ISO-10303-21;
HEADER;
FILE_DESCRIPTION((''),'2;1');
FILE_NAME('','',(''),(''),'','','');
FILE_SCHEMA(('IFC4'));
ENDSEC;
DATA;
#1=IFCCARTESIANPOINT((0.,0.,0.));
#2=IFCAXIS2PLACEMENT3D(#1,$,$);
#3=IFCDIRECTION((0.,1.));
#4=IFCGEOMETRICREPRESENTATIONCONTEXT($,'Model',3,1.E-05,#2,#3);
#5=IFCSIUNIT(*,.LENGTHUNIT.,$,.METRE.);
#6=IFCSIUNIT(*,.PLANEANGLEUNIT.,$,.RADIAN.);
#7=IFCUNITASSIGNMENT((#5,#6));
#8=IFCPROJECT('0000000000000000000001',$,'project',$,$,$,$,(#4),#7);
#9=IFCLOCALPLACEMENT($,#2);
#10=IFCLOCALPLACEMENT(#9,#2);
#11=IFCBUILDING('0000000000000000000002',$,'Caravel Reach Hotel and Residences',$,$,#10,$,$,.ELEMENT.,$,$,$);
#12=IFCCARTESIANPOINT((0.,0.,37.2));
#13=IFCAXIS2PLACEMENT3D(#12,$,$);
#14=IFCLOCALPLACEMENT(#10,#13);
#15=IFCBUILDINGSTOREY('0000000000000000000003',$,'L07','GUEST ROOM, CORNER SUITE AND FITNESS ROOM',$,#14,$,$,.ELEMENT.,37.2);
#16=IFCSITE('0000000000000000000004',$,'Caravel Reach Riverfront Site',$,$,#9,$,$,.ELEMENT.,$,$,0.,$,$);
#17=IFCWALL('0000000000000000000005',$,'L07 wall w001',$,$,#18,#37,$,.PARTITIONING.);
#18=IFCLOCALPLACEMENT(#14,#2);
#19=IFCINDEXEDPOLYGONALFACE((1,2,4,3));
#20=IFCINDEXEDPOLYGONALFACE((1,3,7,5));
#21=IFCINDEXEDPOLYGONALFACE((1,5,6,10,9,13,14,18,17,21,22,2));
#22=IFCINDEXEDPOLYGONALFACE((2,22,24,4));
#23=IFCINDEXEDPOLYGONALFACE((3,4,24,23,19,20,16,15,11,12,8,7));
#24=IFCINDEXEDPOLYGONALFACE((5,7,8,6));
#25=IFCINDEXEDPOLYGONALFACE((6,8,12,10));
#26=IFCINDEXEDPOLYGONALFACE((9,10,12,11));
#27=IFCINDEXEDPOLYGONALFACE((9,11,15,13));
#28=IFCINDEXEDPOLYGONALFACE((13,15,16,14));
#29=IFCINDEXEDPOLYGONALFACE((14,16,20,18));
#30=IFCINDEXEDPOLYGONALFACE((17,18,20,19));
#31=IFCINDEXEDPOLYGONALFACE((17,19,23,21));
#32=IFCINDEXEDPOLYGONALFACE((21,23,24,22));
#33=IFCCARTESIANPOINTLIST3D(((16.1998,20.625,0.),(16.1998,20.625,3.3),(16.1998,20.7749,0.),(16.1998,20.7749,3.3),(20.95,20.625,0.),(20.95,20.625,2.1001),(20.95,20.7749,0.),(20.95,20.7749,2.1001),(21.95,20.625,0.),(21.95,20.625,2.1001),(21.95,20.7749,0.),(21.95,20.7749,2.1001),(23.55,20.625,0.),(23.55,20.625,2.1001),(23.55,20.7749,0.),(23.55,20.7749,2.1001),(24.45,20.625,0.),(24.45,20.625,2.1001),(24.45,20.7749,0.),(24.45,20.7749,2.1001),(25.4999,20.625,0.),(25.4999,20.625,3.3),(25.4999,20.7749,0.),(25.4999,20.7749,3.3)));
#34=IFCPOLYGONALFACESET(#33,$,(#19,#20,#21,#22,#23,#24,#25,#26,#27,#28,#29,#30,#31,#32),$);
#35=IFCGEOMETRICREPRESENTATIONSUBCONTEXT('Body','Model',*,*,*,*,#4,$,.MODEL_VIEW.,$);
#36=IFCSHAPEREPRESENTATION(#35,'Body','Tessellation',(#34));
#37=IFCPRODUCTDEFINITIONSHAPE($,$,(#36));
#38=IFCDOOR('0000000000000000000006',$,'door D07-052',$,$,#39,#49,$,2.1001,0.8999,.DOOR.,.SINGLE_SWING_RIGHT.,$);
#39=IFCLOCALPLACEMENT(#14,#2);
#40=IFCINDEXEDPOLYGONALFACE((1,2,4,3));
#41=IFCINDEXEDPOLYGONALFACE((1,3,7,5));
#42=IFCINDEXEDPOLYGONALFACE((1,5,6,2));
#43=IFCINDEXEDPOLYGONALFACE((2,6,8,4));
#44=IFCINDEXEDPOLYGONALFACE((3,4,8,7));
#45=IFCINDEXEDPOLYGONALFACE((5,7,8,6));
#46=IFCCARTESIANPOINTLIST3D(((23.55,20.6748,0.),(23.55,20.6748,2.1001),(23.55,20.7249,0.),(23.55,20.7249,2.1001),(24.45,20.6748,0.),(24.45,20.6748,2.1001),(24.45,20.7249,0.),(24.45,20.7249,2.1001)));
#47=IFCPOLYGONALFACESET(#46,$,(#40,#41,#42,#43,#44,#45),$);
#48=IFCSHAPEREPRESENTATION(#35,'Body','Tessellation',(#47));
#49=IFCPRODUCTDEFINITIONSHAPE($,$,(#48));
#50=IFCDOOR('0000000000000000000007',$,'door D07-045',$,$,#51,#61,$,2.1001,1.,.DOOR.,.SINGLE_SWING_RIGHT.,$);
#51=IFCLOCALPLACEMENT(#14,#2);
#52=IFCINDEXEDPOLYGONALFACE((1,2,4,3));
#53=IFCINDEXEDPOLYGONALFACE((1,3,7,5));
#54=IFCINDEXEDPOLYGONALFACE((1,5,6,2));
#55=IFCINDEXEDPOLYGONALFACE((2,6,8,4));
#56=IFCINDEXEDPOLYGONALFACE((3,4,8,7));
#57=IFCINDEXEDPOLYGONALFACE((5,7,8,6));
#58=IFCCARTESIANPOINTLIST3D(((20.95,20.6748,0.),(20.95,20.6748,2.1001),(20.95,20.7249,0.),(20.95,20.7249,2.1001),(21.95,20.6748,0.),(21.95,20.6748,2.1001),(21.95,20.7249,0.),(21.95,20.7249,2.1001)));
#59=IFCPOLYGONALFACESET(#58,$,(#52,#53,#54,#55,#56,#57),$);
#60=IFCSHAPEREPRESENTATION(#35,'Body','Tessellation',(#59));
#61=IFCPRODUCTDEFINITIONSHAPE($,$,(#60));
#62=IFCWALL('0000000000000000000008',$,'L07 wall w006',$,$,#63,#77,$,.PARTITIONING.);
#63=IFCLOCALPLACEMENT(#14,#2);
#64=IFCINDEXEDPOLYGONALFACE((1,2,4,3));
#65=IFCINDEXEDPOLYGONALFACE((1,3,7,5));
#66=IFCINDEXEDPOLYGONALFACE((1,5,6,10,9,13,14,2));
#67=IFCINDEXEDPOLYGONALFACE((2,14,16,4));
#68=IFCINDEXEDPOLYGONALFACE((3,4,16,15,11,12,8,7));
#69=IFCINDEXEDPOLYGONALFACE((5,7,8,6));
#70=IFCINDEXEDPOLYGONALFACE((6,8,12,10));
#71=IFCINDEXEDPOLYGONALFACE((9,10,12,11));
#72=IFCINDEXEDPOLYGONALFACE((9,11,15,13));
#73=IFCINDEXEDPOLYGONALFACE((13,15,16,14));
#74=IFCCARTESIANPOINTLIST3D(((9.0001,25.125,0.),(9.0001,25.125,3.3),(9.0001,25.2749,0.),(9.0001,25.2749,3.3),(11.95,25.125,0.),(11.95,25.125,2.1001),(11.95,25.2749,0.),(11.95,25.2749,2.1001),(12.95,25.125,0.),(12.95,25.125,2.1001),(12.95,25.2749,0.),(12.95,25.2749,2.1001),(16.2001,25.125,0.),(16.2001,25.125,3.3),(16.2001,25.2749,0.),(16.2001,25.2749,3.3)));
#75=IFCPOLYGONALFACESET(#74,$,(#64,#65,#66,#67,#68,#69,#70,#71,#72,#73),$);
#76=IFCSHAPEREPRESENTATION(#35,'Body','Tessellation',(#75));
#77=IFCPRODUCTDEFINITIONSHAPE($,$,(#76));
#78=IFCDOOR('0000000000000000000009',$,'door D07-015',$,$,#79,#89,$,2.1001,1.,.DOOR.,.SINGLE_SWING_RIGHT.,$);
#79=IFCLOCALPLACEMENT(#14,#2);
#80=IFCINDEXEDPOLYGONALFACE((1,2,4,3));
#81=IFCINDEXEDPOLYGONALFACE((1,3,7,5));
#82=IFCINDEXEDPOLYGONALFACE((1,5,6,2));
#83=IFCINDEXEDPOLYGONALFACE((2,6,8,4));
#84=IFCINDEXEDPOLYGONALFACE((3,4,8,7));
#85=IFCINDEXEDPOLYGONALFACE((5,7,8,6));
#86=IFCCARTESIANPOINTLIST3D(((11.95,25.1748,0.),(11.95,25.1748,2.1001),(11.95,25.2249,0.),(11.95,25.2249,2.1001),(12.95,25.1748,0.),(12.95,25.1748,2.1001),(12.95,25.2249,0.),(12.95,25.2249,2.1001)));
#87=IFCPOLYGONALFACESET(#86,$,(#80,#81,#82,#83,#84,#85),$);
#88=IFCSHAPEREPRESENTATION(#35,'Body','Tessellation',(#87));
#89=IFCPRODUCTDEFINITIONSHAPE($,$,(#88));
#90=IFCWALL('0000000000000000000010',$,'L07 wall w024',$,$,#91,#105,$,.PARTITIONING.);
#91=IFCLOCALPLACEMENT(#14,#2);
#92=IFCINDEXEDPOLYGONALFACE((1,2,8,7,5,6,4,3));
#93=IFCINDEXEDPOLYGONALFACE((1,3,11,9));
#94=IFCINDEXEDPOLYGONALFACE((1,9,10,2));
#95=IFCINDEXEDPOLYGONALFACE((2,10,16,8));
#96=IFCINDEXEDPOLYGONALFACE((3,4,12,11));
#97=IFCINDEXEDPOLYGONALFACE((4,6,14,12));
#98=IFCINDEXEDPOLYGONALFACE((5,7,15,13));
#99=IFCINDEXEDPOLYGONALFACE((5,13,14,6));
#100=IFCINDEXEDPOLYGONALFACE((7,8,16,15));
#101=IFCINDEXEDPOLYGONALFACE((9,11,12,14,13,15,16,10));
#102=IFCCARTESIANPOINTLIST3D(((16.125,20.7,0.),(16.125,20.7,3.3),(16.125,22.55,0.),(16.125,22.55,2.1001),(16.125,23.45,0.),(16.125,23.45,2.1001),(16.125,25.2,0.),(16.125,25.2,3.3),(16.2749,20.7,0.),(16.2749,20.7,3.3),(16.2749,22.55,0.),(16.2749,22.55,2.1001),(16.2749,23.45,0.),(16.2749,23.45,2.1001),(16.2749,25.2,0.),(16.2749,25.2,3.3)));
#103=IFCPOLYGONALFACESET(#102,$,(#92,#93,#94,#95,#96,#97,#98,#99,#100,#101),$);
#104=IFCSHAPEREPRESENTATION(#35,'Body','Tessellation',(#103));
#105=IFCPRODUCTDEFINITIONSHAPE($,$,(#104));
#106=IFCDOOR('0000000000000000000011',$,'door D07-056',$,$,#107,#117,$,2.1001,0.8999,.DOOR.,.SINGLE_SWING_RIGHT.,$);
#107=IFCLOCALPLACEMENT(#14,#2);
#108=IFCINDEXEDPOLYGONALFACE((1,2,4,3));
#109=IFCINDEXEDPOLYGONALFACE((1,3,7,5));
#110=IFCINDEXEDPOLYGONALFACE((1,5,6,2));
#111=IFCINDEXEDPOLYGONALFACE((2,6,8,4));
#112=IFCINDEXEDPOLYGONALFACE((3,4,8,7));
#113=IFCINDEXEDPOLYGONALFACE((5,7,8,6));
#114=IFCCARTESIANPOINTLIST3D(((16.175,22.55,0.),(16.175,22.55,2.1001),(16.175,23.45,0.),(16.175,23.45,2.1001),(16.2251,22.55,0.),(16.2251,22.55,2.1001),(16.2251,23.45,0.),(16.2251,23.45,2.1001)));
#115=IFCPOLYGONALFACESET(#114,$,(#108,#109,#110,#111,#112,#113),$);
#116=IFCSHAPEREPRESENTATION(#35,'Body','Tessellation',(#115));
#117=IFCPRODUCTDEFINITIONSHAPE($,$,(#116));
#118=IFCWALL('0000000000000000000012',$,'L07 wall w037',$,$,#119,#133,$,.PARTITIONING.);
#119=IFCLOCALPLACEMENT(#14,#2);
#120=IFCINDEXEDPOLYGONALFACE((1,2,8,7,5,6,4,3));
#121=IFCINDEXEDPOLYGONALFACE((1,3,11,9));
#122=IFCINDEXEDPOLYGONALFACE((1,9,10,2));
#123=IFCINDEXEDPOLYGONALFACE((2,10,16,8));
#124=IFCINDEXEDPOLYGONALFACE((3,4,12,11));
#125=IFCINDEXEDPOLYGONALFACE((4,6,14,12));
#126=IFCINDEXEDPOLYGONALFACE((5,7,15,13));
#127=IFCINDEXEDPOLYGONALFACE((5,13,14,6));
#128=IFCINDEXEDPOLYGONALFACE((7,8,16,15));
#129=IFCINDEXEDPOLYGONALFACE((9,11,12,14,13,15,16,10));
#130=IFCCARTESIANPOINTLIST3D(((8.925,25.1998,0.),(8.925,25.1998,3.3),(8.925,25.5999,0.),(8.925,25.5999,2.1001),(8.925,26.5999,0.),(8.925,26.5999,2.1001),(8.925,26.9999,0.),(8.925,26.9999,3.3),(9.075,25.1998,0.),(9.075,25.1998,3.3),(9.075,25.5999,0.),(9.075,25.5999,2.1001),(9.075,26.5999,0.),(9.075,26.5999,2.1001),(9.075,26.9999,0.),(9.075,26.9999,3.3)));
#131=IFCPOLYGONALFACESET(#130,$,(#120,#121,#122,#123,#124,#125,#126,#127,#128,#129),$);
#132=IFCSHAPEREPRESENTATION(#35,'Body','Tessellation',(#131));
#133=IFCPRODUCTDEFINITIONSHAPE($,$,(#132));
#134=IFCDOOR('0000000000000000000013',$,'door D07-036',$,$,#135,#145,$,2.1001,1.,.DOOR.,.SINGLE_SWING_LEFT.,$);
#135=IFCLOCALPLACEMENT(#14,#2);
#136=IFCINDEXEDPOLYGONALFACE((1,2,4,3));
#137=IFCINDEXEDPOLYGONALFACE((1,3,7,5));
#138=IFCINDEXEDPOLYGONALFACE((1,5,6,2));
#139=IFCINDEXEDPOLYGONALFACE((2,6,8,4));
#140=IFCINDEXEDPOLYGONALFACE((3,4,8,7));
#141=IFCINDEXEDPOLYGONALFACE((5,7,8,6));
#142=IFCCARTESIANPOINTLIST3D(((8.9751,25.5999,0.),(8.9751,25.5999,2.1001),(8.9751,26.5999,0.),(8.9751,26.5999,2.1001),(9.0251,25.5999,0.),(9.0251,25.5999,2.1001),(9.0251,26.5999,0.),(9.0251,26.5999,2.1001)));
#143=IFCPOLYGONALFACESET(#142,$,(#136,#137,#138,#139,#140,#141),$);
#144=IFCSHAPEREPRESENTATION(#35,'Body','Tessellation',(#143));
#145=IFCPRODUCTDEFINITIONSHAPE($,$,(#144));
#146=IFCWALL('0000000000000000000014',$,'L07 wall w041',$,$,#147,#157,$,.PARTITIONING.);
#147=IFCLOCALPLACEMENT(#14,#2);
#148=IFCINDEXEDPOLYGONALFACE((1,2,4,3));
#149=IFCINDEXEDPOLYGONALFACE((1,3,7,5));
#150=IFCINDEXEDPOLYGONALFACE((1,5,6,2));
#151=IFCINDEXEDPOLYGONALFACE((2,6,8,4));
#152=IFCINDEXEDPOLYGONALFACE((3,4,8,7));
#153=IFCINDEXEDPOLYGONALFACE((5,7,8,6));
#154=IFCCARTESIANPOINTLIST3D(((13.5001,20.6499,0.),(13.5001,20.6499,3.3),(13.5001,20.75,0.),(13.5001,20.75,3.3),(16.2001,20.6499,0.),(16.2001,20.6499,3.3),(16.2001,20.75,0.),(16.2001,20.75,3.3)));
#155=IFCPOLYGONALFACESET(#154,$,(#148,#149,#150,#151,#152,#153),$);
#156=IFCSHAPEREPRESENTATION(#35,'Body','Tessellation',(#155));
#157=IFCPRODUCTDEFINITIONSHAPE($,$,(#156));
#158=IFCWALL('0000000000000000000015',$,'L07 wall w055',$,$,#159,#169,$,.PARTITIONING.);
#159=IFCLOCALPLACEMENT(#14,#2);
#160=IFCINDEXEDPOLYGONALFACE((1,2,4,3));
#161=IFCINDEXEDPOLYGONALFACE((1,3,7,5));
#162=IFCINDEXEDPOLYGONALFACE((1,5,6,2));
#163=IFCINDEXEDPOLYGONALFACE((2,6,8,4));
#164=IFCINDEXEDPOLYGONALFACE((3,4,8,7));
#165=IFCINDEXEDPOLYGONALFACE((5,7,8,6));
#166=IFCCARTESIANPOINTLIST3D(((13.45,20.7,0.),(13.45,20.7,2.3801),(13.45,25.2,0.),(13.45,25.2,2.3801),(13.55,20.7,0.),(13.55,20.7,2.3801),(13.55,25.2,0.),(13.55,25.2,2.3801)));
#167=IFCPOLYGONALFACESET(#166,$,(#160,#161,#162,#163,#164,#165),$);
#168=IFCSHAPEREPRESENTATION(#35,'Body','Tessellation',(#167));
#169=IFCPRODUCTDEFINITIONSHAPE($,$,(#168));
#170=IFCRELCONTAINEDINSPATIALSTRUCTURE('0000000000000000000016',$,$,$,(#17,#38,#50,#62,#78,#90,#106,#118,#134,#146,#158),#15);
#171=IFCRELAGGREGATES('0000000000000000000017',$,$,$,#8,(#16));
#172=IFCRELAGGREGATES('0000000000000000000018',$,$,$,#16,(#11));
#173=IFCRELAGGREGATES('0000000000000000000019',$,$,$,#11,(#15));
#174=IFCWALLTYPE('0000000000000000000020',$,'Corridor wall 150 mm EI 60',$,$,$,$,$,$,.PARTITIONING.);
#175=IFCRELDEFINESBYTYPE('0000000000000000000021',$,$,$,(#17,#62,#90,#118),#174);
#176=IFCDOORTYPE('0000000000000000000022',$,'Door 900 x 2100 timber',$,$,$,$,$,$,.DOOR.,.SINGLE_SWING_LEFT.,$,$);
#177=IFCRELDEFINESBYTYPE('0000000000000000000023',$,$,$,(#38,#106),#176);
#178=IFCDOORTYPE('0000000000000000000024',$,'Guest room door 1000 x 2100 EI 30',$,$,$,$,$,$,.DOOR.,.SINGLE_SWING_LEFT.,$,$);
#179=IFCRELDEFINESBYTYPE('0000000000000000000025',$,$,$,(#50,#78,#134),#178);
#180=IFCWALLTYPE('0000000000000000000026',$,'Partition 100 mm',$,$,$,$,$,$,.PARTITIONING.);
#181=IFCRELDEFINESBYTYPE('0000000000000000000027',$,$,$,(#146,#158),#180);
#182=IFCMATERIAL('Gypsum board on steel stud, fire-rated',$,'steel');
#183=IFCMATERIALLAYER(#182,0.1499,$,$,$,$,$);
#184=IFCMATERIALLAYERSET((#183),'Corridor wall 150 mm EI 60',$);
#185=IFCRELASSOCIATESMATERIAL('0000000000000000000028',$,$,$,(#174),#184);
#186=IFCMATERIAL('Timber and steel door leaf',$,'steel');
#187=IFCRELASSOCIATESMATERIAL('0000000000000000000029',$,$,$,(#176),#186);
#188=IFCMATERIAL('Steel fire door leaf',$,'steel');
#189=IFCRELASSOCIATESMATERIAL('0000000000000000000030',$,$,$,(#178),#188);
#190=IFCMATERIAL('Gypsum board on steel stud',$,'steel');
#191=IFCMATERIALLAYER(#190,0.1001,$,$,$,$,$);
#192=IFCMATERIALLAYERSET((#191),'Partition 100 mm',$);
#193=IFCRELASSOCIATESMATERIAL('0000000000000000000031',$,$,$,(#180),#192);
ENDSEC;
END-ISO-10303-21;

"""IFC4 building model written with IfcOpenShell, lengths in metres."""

from ifc_helpers import new_model, si_unit, direction, frame, frame_2d, origin, place, context, subcontext, project, spatial, rectangle, extrude, material, layer, layer_set, type_object, element, fill, save


model = new_model("IFC4")

# Units and contexts
model_context = context("Model", 3, precision=1e-05, world=origin(), true_north=direction((0.0, 1.0)))
body_context = subcontext(model_context, "Body", "Model", "MODEL_VIEW")
ifc_project = project(units=[si_unit("LENGTHUNIT", "METRE"), si_unit("PLANEANGLEUNIT", "RADIAN")], contexts=[model_context])

# Site, building, storey
site_placement = place(None, origin())
site = spatial("IfcSite", under=ifc_project, at=site_placement, Name="Caravel Reach Riverfront Site", CompositionType="ELEMENT", RefElevation=0.0)
building_placement = place(site_placement, origin())
building = spatial("IfcBuilding", under=site, at=building_placement, Name="Caravel Reach Hotel and Residences", CompositionType="ELEMENT")
storey_placement = place(building_placement, frame((0.0, 0.0, 37.2)))
storey = spatial("IfcBuildingStorey", under=building, at=storey_placement, Name="L07", Description="GUEST ROOM, CORNER SUITE AND FITNESS ROOM", CompositionType="ELEMENT", Elevation=37.2)

# Wall, openings, doors
ifc_material_1 = material(Name="Gypsum board on steel stud, fire-rated", Category="steel")
ifc_layer_1 = layer(ifc_material_1, 0.1499)
ifc_layer_set_1 = layer_set([ifc_layer_1], Name="Corridor wall 150 mm EI 60")
wall_type_1 = type_object("IfcWallType", Name="Corridor wall 150 mm EI 60", PredefinedType="PARTITIONING", material=ifc_layer_set_1)
wall_1_placement = place(storey_placement, frame((16.2, 20.7, 0.0), z_axis=(0.0, 0.0, 1.0), x_axis=(1.0, 0.0, 0.0)))
wall_1 = element("IfcWall", 1, at=wall_1_placement, inside=storey, type_object=wall_type_1, Name="L07 wall w001", PredefinedType="PARTITIONING", context=body_context, shape_type="SweptSolid", body=[
    extrude(rectangle(XDim=9.3, YDim=0.1499, at=frame_2d((4.6499, 0.0))), origin(), (0.0, 0.0, 1.0), 3.3),
])
opening_1_placement = place(wall_1_placement, frame((4.75, 0.0, 0.0)))
opening_1 = element("IfcOpeningElement", 2, at=opening_1_placement, cuts=wall_1, PredefinedType="OPENING", context=body_context, shape_type="SweptSolid", body=[
    extrude(rectangle(XDim=1.0, YDim=2.1001, at=frame_2d((0.5, 1.05))), frame((0.0, 0.085, 0.0), z_axis=(0.0, -1.0, 0.0), x_axis=(1.0, 0.0, 0.0)), (0.0, 0.0, 1.0), 0.1699),
])
opening_2_placement = place(wall_1_placement, frame((7.3501, 0.0, 0.0)))
opening_2 = element("IfcOpeningElement", 3, at=opening_2_placement, cuts=wall_1, PredefinedType="OPENING", context=body_context, shape_type="SweptSolid", body=[
    extrude(rectangle(XDim=0.8999, YDim=2.1001, at=frame_2d((0.45, 1.05))), frame((0.0, 0.085, 0.0), z_axis=(0.0, -1.0, 0.0), x_axis=(1.0, 0.0, 0.0)), (0.0, 0.0, 1.0), 0.1699),
])
ifc_material_2 = material(Name="Timber and steel door leaf", Category="steel")
door_type_1 = type_object("IfcDoorType", Name="Door 900 x 2100 timber", OperationType="SINGLE_SWING_LEFT", PredefinedType="DOOR", material=ifc_material_2)
door_1_placement = place(opening_2_placement, origin())
door_1 = element("IfcDoor", 4, at=door_1_placement, inside=storey, type_object=door_type_1, Name="door D07-052", OperationType="SINGLE_SWING_RIGHT", OverallHeight=2.1001, OverallWidth=0.8999, PredefinedType="DOOR", context=body_context, shape_type="SweptSolid", body=[
    extrude(rectangle(XDim=0.8999, YDim=2.1001, at=frame_2d((0.45, 1.05))), frame((0.0, 0.0249, 0.0), z_axis=(0.0, -1.0, 0.0), x_axis=(1.0, 0.0, 0.0)), (0.0, 0.0, 1.0), 0.05),
])
fill(opening_2, door_1)
ifc_material_3 = material(Name="Steel fire door leaf", Category="steel")
door_type_2 = type_object("IfcDoorType", Name="Guest room door 1000 x 2100 EI 30", OperationType="SINGLE_SWING_LEFT", PredefinedType="DOOR", material=ifc_material_3)
door_2_placement = place(opening_1_placement, origin())
door_2 = element("IfcDoor", 5, at=door_2_placement, inside=storey, type_object=door_type_2, Name="door D07-045", OperationType="SINGLE_SWING_RIGHT", OverallHeight=2.1001, OverallWidth=1.0, PredefinedType="DOOR", context=body_context, shape_type="SweptSolid", body=[
    extrude(rectangle(XDim=1.0, YDim=2.1001, at=frame_2d((0.5, 1.05))), frame((0.0, 0.0249, 0.0), z_axis=(0.0, -1.0, 0.0), x_axis=(1.0, 0.0, 0.0)), (0.0, 0.0, 1.0), 0.05),
])
fill(opening_1, door_2)

# Walls, openings, doors
wall_2_placement = place(storey_placement, frame((9.0, 25.2, 0.0), z_axis=(0.0, 0.0, 1.0), x_axis=(1.0, 0.0, 0.0)))
wall_2 = element("IfcWall", 6, at=wall_2_placement, inside=storey, type_object=wall_type_1, Name="L07 wall w006", PredefinedType="PARTITIONING", context=body_context, shape_type="SweptSolid", body=[
    extrude(rectangle(XDim=7.2, YDim=0.1499, at=frame_2d((3.6001, 0.0))), origin(), (0.0, 0.0, 1.0), 3.3),
])
opening_3_placement = place(wall_2_placement, frame((2.95, 0.0, 0.0)))
opening_3 = element("IfcOpeningElement", 7, at=opening_3_placement, cuts=wall_2, PredefinedType="OPENING", context=body_context, shape_type="SweptSolid", body=[
    extrude(rectangle(XDim=1.0, YDim=2.1001, at=frame_2d((0.5, 1.05))), frame((0.0, 0.085, 0.0), z_axis=(0.0, -1.0, 0.0), x_axis=(1.0, 0.0, 0.0)), (0.0, 0.0, 1.0), 0.1699),
])
door_3_placement = place(opening_3_placement, origin())
door_3 = element("IfcDoor", 8, at=door_3_placement, inside=storey, type_object=door_type_2, Name="door D07-015", OperationType="SINGLE_SWING_RIGHT", OverallHeight=2.1001, OverallWidth=1.0, PredefinedType="DOOR", context=body_context, shape_type="SweptSolid", body=[
    extrude(rectangle(XDim=1.0, YDim=2.1001, at=frame_2d((0.5, 1.05))), frame((0.0, 0.0249, 0.0), z_axis=(0.0, -1.0, 0.0), x_axis=(1.0, 0.0, 0.0)), (0.0, 0.0, 1.0), 0.05),
])
fill(opening_3, door_3)
wall_3_placement = place(storey_placement, frame((16.2, 20.7, 0.0), z_axis=(0.0, 0.0, 1.0), x_axis=(0.0, 1.0, 0.0)))
wall_3 = element("IfcWall", 9, at=wall_3_placement, inside=storey, type_object=wall_type_1, Name="L07 wall w024", PredefinedType="PARTITIONING", context=body_context, shape_type="SweptSolid", body=[
    extrude(rectangle(XDim=4.5, YDim=0.1499, at=frame_2d((2.25, 0.0))), origin(), (0.0, 0.0, 1.0), 3.3),
])
opening_4_placement = place(wall_3_placement, frame((1.8501, 0.0, 0.0)))
opening_4 = element("IfcOpeningElement", 10, at=opening_4_placement, cuts=wall_3, PredefinedType="OPENING", context=body_context, shape_type="SweptSolid", body=[
    extrude(rectangle(XDim=0.8999, YDim=2.1001, at=frame_2d((0.45, 1.05))), frame((0.0, 0.085, 0.0), z_axis=(0.0, -1.0, 0.0), x_axis=(1.0, 0.0, 0.0)), (0.0, 0.0, 1.0), 0.1699),
])
door_4_placement = place(opening_4_placement, origin())
door_4 = element("IfcDoor", 11, at=door_4_placement, inside=storey, type_object=door_type_1, Name="door D07-056", OperationType="SINGLE_SWING_RIGHT", OverallHeight=2.1001, OverallWidth=0.8999, PredefinedType="DOOR", context=body_context, shape_type="SweptSolid", body=[
    extrude(rectangle(XDim=0.8999, YDim=2.1001, at=frame_2d((0.45, 1.05))), frame((0.0, 0.0249, 0.0), z_axis=(0.0, -1.0, 0.0), x_axis=(1.0, 0.0, 0.0)), (0.0, 0.0, 1.0), 0.05),
])
fill(opening_4, door_4)
wall_4_placement = place(storey_placement, frame((9.0, 25.2, 0.0), z_axis=(0.0, 0.0, 1.0), x_axis=(0.0, 1.0, 0.0)))
wall_4 = element("IfcWall", 12, at=wall_4_placement, inside=storey, type_object=wall_type_1, Name="L07 wall w037", PredefinedType="PARTITIONING", context=body_context, shape_type="SweptSolid", body=[
    extrude(rectangle(XDim=1.8, YDim=0.1499, at=frame_2d((0.8999, 0.0))), origin(), (0.0, 0.0, 1.0), 3.3),
])
opening_5_placement = place(wall_4_placement, frame((0.3999, 0.0, 0.0)))
opening_5 = element("IfcOpeningElement", 13, at=opening_5_placement, cuts=wall_4, PredefinedType="OPENING", context=body_context, shape_type="SweptSolid", body=[
    extrude(rectangle(XDim=1.0, YDim=2.1001, at=frame_2d((0.5, 1.05))), frame((0.0, 0.085, 0.0), z_axis=(0.0, -1.0, 0.0), x_axis=(1.0, 0.0, 0.0)), (0.0, 0.0, 1.0), 0.1699),
])
door_5_placement = place(opening_5_placement, origin())
door_5 = element("IfcDoor", 14, at=door_5_placement, inside=storey, type_object=door_type_2, Name="door D07-036", OperationType="SINGLE_SWING_LEFT", OverallHeight=2.1001, OverallWidth=1.0, PredefinedType="DOOR", context=body_context, shape_type="SweptSolid", body=[
    extrude(rectangle(XDim=1.0, YDim=2.1001, at=frame_2d((0.5, 1.05))), frame((0.0, 0.0249, 0.0), z_axis=(0.0, -1.0, 0.0), x_axis=(1.0, 0.0, 0.0)), (0.0, 0.0, 1.0), 0.05),
])
fill(opening_5, door_5)

# Walls
ifc_material_4 = material(Name="Gypsum board on steel stud", Category="steel")
ifc_layer_2 = layer(ifc_material_4, 0.1001)
ifc_layer_set_2 = layer_set([ifc_layer_2], Name="Partition 100 mm")
wall_type_2 = type_object("IfcWallType", Name="Partition 100 mm", PredefinedType="PARTITIONING", material=ifc_layer_set_2)
wall_5_placement = place(storey_placement, frame((13.5, 20.7, 0.0), z_axis=(0.0, 0.0, 1.0), x_axis=(1.0, 0.0, 0.0)))
element("IfcWall", 15, at=wall_5_placement, inside=storey, type_object=wall_type_2, Name="L07 wall w041", PredefinedType="PARTITIONING", context=body_context, shape_type="SweptSolid", body=[
    extrude(rectangle(XDim=2.7, YDim=0.1001, at=frame_2d((1.3501, 0.0))), origin(), (0.0, 0.0, 1.0), 3.3),
])
wall_6_placement = place(storey_placement, frame((13.5, 20.7, 0.0), z_axis=(0.0, 0.0, 1.0), x_axis=(0.0, 1.0, 0.0)))
element("IfcWall", 16, at=wall_6_placement, inside=storey, type_object=wall_type_2, Name="L07 wall w055", PredefinedType="PARTITIONING", context=body_context, shape_type="SweptSolid", body=[
    extrude(rectangle(XDim=4.5, YDim=0.1001, at=frame_2d((2.25, 0.0))), origin(), (0.0, 0.0, 1.0), 2.3801),
])

save(model, "model.ifc")
